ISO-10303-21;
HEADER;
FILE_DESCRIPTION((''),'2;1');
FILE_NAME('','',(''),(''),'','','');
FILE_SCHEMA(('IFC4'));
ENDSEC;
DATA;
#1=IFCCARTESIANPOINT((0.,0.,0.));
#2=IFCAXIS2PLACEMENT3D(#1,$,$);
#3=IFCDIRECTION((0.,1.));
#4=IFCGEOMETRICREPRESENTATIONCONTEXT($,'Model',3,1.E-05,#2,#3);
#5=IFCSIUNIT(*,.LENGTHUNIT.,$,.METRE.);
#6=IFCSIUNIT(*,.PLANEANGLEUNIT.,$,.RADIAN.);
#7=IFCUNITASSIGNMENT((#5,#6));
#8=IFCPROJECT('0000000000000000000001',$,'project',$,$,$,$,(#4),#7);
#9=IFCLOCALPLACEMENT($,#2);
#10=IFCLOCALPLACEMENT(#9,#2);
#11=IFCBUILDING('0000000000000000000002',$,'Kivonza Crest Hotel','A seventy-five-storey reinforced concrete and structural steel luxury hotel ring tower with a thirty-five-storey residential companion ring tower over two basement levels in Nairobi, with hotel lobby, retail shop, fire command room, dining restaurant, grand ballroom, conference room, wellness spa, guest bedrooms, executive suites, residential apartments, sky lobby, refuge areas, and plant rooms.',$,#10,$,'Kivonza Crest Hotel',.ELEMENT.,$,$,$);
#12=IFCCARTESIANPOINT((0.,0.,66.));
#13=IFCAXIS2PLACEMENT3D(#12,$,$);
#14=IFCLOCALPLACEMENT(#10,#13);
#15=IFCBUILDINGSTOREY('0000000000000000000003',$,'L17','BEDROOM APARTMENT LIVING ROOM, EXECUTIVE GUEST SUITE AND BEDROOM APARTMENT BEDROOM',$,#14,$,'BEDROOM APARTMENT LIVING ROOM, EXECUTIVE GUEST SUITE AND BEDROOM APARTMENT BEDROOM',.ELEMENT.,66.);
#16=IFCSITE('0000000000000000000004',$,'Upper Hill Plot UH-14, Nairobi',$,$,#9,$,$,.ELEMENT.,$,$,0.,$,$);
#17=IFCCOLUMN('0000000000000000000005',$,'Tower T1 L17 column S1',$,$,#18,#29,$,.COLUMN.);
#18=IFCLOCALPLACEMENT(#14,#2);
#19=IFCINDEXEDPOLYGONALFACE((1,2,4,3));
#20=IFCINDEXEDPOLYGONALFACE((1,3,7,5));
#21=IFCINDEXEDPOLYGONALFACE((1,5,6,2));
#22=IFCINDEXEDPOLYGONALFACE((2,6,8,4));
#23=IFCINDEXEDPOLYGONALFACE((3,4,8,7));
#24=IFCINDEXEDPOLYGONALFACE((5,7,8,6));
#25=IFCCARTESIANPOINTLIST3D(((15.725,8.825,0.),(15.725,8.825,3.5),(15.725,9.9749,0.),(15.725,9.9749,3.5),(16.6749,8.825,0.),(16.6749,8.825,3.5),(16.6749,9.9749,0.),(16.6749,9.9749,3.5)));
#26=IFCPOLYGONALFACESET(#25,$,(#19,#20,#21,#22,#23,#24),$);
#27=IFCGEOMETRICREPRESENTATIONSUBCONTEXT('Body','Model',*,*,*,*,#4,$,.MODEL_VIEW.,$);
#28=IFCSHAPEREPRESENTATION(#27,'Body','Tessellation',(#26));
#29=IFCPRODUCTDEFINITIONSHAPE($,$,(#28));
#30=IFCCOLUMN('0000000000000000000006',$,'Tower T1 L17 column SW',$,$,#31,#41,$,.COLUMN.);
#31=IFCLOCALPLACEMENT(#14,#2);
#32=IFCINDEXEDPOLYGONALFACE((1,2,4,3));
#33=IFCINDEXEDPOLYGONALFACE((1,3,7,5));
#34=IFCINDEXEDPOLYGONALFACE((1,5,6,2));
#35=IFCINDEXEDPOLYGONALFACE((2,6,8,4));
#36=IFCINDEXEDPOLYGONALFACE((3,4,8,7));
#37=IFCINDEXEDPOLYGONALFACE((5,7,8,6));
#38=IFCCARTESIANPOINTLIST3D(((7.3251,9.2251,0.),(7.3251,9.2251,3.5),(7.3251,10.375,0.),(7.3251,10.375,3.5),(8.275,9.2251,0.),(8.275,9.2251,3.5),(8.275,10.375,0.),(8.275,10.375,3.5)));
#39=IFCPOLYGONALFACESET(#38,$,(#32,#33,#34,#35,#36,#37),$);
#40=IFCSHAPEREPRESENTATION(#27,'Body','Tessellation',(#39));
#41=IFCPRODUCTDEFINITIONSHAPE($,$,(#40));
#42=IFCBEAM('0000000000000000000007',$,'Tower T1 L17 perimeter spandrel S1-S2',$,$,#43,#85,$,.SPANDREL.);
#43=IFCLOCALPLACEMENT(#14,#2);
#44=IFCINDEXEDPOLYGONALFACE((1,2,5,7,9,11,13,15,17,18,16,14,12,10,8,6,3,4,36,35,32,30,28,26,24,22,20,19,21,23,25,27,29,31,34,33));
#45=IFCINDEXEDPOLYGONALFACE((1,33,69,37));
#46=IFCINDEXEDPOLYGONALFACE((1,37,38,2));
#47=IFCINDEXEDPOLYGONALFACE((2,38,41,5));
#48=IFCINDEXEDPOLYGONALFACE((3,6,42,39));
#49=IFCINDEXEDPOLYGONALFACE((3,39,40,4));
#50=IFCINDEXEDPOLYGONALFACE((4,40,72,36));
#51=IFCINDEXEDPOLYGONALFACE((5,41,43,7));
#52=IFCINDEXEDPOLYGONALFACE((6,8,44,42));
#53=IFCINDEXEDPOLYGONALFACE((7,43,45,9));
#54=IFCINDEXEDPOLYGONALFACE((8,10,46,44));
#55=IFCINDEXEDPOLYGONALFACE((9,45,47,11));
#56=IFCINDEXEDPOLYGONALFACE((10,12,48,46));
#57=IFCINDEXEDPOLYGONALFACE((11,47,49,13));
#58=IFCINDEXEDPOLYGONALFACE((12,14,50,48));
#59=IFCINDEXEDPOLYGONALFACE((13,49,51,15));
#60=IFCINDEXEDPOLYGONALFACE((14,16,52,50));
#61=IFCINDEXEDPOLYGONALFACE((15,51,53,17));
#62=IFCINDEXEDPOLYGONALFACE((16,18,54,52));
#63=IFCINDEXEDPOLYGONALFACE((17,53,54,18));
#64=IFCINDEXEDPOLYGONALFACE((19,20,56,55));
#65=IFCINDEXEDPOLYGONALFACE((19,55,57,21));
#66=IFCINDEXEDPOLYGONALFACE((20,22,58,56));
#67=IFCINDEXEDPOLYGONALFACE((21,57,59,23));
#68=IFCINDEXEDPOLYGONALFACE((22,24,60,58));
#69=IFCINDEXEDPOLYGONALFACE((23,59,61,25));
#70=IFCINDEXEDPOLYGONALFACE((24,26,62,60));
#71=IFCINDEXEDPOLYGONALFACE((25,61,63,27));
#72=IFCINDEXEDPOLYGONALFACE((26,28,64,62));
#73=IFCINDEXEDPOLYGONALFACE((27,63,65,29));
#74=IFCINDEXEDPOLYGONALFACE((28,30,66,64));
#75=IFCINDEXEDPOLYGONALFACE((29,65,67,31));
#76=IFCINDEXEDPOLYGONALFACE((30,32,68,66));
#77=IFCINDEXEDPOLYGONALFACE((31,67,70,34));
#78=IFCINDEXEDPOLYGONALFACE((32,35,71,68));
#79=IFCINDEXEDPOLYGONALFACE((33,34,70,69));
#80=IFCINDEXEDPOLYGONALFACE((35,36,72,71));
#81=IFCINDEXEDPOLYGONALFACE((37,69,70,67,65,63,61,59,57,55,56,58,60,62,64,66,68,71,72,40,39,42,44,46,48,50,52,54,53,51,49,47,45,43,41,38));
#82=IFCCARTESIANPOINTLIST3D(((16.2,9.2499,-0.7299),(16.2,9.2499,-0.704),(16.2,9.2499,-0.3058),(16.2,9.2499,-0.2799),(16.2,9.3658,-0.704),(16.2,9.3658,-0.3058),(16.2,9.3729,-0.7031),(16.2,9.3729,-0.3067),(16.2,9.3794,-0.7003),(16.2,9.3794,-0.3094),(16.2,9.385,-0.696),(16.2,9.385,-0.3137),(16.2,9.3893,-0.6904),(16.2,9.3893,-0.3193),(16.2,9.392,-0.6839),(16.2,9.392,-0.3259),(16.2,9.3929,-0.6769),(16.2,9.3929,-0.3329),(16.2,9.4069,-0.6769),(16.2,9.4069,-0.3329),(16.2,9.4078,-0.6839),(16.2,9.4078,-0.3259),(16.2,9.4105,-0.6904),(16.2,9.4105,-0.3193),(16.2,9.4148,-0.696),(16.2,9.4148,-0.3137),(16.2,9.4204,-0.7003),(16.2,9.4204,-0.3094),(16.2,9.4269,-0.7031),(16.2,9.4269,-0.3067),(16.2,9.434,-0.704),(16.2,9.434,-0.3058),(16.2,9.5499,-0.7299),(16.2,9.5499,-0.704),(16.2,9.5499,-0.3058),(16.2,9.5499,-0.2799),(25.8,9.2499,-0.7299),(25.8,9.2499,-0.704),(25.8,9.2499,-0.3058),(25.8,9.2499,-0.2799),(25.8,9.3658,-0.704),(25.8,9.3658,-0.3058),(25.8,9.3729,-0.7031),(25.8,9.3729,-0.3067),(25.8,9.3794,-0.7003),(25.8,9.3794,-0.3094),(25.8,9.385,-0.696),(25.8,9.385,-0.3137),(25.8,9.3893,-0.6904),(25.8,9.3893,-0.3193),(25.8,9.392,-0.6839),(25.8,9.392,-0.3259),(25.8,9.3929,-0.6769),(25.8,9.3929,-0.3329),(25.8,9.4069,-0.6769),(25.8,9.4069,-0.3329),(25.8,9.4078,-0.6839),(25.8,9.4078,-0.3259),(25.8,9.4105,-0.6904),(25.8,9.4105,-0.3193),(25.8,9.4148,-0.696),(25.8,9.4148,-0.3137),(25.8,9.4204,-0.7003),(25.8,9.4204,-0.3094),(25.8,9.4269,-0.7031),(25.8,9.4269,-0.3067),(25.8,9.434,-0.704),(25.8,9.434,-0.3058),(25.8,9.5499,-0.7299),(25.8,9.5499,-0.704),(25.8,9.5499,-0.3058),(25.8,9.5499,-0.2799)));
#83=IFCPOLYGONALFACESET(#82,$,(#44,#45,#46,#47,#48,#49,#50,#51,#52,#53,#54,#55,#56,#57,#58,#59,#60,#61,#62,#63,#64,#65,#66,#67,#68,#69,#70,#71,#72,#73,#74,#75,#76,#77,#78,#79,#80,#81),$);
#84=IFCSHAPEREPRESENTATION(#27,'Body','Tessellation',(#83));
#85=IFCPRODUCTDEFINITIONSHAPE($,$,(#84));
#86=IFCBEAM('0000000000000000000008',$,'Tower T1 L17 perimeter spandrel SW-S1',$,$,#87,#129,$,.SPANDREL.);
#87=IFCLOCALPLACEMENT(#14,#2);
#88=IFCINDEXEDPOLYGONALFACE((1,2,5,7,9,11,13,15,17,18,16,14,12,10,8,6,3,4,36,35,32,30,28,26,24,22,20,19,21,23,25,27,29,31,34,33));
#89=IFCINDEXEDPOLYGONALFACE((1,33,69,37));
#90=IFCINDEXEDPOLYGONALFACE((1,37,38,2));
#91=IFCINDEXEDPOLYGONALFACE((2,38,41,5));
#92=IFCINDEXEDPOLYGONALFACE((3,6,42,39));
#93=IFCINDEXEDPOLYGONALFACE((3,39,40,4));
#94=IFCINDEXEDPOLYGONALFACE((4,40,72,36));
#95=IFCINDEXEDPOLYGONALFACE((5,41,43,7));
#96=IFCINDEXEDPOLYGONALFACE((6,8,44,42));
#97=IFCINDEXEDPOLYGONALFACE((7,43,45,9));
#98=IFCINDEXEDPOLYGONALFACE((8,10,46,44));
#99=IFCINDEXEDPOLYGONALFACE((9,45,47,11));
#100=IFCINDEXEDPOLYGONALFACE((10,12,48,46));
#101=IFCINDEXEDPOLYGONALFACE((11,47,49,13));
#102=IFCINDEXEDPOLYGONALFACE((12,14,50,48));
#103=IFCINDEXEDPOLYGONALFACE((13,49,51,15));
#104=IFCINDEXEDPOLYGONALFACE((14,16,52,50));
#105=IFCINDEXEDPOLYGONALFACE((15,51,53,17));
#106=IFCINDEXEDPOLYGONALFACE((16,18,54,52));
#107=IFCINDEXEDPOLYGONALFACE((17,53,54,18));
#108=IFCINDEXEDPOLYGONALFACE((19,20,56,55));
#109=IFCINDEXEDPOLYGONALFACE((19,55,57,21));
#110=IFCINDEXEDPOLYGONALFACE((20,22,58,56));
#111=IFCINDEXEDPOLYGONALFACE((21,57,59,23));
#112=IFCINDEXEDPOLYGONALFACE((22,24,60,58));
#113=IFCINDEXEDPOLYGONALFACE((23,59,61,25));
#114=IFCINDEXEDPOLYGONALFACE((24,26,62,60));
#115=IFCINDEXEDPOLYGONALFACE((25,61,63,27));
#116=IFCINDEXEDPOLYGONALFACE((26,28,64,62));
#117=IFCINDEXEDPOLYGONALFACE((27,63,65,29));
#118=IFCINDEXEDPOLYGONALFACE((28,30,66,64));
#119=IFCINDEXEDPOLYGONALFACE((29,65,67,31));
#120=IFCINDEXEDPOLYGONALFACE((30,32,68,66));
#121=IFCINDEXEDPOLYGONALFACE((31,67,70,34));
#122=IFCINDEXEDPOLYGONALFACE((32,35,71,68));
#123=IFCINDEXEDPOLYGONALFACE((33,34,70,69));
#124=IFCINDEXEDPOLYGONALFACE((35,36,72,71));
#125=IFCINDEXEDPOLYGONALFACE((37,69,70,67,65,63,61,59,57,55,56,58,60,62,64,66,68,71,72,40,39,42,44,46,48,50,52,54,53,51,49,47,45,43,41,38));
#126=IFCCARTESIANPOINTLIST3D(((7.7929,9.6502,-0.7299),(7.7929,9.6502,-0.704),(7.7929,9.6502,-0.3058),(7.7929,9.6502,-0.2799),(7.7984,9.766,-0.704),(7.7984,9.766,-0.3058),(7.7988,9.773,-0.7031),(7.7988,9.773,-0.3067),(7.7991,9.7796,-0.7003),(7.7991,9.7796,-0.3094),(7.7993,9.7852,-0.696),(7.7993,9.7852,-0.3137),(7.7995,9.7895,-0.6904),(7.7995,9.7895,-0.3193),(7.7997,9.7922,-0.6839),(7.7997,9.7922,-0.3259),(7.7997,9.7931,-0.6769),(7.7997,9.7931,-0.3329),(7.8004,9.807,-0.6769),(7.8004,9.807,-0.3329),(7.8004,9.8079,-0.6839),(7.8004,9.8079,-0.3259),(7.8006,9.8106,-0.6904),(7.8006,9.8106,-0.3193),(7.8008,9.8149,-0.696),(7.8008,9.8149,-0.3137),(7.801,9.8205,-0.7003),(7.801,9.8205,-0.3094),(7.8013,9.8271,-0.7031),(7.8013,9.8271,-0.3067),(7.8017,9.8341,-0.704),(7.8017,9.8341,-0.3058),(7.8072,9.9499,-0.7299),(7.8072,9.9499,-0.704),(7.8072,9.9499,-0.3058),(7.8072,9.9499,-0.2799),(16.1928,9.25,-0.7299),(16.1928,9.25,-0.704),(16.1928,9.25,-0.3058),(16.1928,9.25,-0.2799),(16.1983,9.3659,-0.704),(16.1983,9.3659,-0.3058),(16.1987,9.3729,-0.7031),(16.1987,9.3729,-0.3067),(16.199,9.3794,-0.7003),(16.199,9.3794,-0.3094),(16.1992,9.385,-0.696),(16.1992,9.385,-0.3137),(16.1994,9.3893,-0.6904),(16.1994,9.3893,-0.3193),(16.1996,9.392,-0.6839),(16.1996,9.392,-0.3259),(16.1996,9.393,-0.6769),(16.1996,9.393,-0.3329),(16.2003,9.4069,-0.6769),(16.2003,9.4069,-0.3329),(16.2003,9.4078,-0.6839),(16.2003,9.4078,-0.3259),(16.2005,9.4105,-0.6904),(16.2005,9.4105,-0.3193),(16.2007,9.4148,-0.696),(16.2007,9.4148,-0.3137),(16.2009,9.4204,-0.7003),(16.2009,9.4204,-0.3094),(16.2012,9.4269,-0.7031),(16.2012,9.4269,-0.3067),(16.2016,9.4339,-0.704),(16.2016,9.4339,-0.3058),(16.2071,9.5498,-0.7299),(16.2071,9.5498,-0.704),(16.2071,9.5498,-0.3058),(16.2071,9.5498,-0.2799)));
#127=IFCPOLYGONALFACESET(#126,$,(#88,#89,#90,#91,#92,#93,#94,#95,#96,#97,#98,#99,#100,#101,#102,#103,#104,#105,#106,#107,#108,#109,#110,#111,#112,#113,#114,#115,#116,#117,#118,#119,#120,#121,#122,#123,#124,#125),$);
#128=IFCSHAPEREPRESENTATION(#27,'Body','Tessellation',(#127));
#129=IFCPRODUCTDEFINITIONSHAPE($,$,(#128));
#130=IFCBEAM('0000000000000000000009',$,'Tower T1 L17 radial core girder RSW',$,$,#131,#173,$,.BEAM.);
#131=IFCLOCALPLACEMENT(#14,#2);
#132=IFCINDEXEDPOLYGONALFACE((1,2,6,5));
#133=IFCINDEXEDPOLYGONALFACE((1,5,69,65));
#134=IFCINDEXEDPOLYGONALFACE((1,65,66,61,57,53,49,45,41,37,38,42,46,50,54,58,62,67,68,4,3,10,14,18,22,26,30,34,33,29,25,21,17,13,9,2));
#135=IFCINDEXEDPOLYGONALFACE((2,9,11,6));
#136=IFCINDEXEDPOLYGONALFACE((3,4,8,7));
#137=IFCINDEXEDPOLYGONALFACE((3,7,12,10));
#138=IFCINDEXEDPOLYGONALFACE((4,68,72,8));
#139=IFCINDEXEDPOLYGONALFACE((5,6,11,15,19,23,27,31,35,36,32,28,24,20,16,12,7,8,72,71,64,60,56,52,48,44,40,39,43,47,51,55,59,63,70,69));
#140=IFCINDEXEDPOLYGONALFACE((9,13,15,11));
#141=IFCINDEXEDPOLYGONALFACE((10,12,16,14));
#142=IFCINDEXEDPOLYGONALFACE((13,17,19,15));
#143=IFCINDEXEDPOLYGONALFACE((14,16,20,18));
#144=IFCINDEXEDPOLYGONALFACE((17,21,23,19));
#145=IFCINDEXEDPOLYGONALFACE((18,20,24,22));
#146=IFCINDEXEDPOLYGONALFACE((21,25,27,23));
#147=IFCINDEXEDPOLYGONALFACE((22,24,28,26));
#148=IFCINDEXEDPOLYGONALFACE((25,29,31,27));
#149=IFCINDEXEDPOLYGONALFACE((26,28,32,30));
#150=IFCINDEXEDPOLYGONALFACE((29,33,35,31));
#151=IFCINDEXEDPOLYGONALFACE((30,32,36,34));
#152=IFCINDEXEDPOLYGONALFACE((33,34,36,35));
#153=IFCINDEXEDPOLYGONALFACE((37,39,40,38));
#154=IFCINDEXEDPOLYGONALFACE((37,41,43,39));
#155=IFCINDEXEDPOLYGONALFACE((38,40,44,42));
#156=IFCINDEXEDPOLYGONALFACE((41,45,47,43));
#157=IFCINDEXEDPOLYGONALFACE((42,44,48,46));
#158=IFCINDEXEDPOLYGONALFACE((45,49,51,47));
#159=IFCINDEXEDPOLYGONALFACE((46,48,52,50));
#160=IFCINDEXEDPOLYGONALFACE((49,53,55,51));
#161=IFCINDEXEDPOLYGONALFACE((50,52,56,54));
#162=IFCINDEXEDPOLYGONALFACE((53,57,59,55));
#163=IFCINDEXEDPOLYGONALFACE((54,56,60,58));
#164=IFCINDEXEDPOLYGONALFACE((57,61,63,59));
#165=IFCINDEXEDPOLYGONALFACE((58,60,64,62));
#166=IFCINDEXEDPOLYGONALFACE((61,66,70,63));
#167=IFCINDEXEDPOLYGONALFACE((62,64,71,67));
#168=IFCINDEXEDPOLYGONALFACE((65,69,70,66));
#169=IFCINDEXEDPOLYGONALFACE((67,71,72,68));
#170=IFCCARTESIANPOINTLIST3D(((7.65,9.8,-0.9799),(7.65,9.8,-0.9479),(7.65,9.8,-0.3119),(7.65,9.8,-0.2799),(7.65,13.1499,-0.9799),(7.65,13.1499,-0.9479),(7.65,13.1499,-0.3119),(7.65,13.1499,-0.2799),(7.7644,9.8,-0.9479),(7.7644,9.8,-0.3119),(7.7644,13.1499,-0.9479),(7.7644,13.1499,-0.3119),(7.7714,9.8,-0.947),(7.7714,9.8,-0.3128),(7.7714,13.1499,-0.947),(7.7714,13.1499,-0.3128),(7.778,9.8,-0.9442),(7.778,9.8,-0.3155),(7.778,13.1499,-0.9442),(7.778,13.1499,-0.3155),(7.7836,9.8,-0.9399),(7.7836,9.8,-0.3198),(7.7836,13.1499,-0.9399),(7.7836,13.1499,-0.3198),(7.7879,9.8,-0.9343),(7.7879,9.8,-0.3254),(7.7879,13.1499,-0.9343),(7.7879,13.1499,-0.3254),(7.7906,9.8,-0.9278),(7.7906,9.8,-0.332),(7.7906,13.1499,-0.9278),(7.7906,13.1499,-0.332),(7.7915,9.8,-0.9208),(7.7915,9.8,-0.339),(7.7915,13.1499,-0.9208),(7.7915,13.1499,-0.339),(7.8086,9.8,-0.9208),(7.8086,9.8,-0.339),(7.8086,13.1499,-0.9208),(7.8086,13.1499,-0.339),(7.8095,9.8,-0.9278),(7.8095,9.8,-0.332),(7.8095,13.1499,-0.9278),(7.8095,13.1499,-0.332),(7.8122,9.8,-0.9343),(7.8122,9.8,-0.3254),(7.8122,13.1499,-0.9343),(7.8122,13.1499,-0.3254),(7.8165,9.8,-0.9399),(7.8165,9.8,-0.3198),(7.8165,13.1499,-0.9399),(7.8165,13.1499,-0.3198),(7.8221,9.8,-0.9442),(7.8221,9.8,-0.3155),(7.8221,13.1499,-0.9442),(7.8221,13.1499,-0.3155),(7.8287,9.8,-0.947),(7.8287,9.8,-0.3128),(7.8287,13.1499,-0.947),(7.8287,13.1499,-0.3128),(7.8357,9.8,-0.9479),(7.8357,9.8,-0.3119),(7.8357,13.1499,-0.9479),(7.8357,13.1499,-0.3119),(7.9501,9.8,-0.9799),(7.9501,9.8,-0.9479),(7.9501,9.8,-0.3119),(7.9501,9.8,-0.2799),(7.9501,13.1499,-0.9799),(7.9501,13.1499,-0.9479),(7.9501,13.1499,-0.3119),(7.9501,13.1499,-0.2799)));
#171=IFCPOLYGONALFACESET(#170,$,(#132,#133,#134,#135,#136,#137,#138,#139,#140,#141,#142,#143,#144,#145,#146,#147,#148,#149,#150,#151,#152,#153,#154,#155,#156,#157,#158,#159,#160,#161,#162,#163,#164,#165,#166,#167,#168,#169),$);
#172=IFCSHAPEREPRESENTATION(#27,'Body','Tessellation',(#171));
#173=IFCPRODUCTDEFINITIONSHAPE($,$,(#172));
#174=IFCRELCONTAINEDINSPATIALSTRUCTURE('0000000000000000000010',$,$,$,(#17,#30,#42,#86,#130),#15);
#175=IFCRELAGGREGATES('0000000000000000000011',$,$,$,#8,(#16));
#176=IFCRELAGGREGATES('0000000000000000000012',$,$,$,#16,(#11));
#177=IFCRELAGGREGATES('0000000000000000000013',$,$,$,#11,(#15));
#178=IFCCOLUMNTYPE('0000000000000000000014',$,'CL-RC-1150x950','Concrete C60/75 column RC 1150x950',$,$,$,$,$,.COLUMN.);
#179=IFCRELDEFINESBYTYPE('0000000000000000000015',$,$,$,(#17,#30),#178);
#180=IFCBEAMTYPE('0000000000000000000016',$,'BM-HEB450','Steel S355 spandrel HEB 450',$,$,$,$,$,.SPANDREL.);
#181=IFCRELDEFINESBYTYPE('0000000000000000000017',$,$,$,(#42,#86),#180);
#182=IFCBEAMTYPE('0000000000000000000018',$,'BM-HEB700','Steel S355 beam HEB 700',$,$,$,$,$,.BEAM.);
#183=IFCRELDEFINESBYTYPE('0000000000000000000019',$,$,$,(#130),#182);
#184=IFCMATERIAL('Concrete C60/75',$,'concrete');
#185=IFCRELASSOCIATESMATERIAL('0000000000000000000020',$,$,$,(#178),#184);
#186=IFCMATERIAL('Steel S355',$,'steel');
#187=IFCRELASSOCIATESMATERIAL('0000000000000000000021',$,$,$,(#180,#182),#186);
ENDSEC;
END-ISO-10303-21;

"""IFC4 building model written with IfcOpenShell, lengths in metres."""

from ifc_helpers import new_model, si_unit, direction, frame, origin, origin_2d, place, context, subcontext, project, spatial, rectangle, i_section, extrude, material, material_profile, profile_set, type_object, element, save


model = new_model("IFC4")

# Units and contexts
model_context = context("Model", 3, precision=1e-05, world=origin(), true_north=direction((0.0, 1.0)))
body_context = subcontext(model_context, "Body", "Model", "MODEL_VIEW")
ifc_project = project(units=[si_unit("LENGTHUNIT", "METRE"), si_unit("PLANEANGLEUNIT", "RADIAN")], contexts=[model_context])

# Site, building, storey
site_placement = place(None, origin())
site = spatial("IfcSite", under=ifc_project, at=site_placement, Name="Upper Hill Plot UH-14, Nairobi", CompositionType="ELEMENT", RefElevation=0.0)
building_placement = place(site_placement, origin())
building = spatial("IfcBuilding", under=site, at=building_placement, Name="Kivonza Crest Hotel", Description="A seventy-five-storey reinforced concrete and structural steel luxury hotel ring tower with a thirty-five-storey residential companion ring tower over two basement levels in Nairobi, with hotel lobby, retail shop, fire command room, dining restaurant, grand ballroom, conference room, wellness spa, guest bedrooms, executive suites, residential apartments, sky lobby, refuge areas, and plant rooms.", LongName="Kivonza Crest Hotel", CompositionType="ELEMENT")
storey_placement = place(building_placement, frame((0.0, 0.0, 66.0)))
storey = spatial("IfcBuildingStorey", under=building, at=storey_placement, Name="L17", Description="BEDROOM APARTMENT LIVING ROOM, EXECUTIVE GUEST SUITE AND BEDROOM APARTMENT BEDROOM", LongName="BEDROOM APARTMENT LIVING ROOM, EXECUTIVE GUEST SUITE AND BEDROOM APARTMENT BEDROOM", CompositionType="ELEMENT", Elevation=66.0)

# Columns
ifc_material_1 = material(Name="Concrete C60/75", Category="concrete")
ifc_material_profile_1 = material_profile(ifc_material_1, rectangle(XDim=0.95, YDim=1.1499, at=origin_2d()), Name="RC 1150x950")
ifc_profile_set_1 = profile_set([ifc_material_profile_1], Name="Concrete C60/75")
column_type = type_object("IfcColumnType", Name="CL-RC-1150x950", Description="Concrete C60/75 column RC 1150x950", PredefinedType="COLUMN", material=ifc_profile_set_1)
for number, where, z_axis, x_axis, name in (
    (1, (16.2, 9.3999, 0.0), (0.0, 0.0, 1.0), (1.0, 0.0, 0.0), "Tower T1 L17 column S1"),
    (2, (7.8, 9.8, 0.0), (0.0, 0.0, 1.0), (1.0, 0.0, 0.0), "Tower T1 L17 column SW"),
):
    element("IfcColumn", number, at=place(storey_placement, frame(where, z_axis=z_axis, x_axis=x_axis)), inside=storey, type_object=column_type, Name=name, PredefinedType="COLUMN", context=body_context, shape_type="SweptSolid", body=[
        extrude(rectangle(XDim=0.95, YDim=1.1499, at=origin_2d()), origin(), (0.0, 0.0, 1.0), 3.5),
    ])

# Beams
ifc_material_2 = material(Name="Steel S355", Category="steel")
ifc_material_profile_2 = material_profile(ifc_material_2, i_section(OverallWidth=0.3, OverallDepth=0.45, WebThickness=0.0139, FlangeThickness=0.0259, FilletRadius=0.0271, at=origin_2d()), Name="HEB 450")
ifc_profile_set_2 = profile_set([ifc_material_profile_2], Name="Steel S355")
beam_type_1 = type_object("IfcBeamType", Name="BM-HEB450", Description="Steel S355 spandrel HEB 450", PredefinedType="SPANDREL", material=ifc_profile_set_2)
beam_1_placement = place(storey_placement, frame((16.2, 9.3999, -0.5049), z_axis=(1.0, 0.0, 0.0), x_axis=(0.0, 1.0, 0.0)))
element("IfcBeam", 3, at=beam_1_placement, inside=storey, type_object=beam_type_1, Name="Tower T1 L17 perimeter spandrel S1-S2", PredefinedType="SPANDREL", context=body_context, shape_type="SweptSolid", body=[
    extrude(i_section(OverallWidth=0.3, OverallDepth=0.45, WebThickness=0.0139, FlangeThickness=0.0259, FilletRadius=0.0271, at=origin_2d()), origin(), (0.0, 0.0, 1.0), 9.6001),
])
beam_2_placement = place(storey_placement, frame((7.8, 9.8, -0.5049), z_axis=(0.998867, -0.047583, 0.0), x_axis=(0.047583, 0.998867, 0.0)))
element("IfcBeam", 4, at=beam_2_placement, inside=storey, type_object=beam_type_1, Name="Tower T1 L17 perimeter spandrel SW-S1", PredefinedType="SPANDREL", context=body_context, shape_type="SweptSolid", body=[
    extrude(i_section(OverallWidth=0.3, OverallDepth=0.45, WebThickness=0.0139, FlangeThickness=0.0259, FilletRadius=0.0271, at=origin_2d()), origin(), (0.0, 0.0, 1.0), 8.4094),
])
ifc_material_profile_3 = material_profile(ifc_material_2, i_section(OverallWidth=0.3, OverallDepth=0.7, WebThickness=0.0171, FlangeThickness=0.032, FilletRadius=0.0271, at=origin_2d()), Name="HEB 700")
ifc_profile_set_3 = profile_set([ifc_material_profile_3], Name="Steel S355")
beam_type_2 = type_object("IfcBeamType", Name="BM-HEB700", Description="Steel S355 beam HEB 700", PredefinedType="BEAM", material=ifc_profile_set_3)
beam_3_placement = place(storey_placement, frame((7.8, 9.8, -0.6299), z_axis=(0.0, 1.0, 0.0), x_axis=(-1.0, 0.0, 0.0)))
element("IfcBeam", 5, at=beam_3_placement, inside=storey, type_object=beam_type_2, Name="Tower T1 L17 radial core girder RSW", PredefinedType="BEAM", context=body_context, shape_type="SweptSolid", body=[
    extrude(i_section(OverallWidth=0.3, OverallDepth=0.7, WebThickness=0.0171, FlangeThickness=0.032, FilletRadius=0.0271, at=origin_2d()), origin(), (0.0, 0.0, 1.0), 3.3499),
])

save(model, "model.ifc")
